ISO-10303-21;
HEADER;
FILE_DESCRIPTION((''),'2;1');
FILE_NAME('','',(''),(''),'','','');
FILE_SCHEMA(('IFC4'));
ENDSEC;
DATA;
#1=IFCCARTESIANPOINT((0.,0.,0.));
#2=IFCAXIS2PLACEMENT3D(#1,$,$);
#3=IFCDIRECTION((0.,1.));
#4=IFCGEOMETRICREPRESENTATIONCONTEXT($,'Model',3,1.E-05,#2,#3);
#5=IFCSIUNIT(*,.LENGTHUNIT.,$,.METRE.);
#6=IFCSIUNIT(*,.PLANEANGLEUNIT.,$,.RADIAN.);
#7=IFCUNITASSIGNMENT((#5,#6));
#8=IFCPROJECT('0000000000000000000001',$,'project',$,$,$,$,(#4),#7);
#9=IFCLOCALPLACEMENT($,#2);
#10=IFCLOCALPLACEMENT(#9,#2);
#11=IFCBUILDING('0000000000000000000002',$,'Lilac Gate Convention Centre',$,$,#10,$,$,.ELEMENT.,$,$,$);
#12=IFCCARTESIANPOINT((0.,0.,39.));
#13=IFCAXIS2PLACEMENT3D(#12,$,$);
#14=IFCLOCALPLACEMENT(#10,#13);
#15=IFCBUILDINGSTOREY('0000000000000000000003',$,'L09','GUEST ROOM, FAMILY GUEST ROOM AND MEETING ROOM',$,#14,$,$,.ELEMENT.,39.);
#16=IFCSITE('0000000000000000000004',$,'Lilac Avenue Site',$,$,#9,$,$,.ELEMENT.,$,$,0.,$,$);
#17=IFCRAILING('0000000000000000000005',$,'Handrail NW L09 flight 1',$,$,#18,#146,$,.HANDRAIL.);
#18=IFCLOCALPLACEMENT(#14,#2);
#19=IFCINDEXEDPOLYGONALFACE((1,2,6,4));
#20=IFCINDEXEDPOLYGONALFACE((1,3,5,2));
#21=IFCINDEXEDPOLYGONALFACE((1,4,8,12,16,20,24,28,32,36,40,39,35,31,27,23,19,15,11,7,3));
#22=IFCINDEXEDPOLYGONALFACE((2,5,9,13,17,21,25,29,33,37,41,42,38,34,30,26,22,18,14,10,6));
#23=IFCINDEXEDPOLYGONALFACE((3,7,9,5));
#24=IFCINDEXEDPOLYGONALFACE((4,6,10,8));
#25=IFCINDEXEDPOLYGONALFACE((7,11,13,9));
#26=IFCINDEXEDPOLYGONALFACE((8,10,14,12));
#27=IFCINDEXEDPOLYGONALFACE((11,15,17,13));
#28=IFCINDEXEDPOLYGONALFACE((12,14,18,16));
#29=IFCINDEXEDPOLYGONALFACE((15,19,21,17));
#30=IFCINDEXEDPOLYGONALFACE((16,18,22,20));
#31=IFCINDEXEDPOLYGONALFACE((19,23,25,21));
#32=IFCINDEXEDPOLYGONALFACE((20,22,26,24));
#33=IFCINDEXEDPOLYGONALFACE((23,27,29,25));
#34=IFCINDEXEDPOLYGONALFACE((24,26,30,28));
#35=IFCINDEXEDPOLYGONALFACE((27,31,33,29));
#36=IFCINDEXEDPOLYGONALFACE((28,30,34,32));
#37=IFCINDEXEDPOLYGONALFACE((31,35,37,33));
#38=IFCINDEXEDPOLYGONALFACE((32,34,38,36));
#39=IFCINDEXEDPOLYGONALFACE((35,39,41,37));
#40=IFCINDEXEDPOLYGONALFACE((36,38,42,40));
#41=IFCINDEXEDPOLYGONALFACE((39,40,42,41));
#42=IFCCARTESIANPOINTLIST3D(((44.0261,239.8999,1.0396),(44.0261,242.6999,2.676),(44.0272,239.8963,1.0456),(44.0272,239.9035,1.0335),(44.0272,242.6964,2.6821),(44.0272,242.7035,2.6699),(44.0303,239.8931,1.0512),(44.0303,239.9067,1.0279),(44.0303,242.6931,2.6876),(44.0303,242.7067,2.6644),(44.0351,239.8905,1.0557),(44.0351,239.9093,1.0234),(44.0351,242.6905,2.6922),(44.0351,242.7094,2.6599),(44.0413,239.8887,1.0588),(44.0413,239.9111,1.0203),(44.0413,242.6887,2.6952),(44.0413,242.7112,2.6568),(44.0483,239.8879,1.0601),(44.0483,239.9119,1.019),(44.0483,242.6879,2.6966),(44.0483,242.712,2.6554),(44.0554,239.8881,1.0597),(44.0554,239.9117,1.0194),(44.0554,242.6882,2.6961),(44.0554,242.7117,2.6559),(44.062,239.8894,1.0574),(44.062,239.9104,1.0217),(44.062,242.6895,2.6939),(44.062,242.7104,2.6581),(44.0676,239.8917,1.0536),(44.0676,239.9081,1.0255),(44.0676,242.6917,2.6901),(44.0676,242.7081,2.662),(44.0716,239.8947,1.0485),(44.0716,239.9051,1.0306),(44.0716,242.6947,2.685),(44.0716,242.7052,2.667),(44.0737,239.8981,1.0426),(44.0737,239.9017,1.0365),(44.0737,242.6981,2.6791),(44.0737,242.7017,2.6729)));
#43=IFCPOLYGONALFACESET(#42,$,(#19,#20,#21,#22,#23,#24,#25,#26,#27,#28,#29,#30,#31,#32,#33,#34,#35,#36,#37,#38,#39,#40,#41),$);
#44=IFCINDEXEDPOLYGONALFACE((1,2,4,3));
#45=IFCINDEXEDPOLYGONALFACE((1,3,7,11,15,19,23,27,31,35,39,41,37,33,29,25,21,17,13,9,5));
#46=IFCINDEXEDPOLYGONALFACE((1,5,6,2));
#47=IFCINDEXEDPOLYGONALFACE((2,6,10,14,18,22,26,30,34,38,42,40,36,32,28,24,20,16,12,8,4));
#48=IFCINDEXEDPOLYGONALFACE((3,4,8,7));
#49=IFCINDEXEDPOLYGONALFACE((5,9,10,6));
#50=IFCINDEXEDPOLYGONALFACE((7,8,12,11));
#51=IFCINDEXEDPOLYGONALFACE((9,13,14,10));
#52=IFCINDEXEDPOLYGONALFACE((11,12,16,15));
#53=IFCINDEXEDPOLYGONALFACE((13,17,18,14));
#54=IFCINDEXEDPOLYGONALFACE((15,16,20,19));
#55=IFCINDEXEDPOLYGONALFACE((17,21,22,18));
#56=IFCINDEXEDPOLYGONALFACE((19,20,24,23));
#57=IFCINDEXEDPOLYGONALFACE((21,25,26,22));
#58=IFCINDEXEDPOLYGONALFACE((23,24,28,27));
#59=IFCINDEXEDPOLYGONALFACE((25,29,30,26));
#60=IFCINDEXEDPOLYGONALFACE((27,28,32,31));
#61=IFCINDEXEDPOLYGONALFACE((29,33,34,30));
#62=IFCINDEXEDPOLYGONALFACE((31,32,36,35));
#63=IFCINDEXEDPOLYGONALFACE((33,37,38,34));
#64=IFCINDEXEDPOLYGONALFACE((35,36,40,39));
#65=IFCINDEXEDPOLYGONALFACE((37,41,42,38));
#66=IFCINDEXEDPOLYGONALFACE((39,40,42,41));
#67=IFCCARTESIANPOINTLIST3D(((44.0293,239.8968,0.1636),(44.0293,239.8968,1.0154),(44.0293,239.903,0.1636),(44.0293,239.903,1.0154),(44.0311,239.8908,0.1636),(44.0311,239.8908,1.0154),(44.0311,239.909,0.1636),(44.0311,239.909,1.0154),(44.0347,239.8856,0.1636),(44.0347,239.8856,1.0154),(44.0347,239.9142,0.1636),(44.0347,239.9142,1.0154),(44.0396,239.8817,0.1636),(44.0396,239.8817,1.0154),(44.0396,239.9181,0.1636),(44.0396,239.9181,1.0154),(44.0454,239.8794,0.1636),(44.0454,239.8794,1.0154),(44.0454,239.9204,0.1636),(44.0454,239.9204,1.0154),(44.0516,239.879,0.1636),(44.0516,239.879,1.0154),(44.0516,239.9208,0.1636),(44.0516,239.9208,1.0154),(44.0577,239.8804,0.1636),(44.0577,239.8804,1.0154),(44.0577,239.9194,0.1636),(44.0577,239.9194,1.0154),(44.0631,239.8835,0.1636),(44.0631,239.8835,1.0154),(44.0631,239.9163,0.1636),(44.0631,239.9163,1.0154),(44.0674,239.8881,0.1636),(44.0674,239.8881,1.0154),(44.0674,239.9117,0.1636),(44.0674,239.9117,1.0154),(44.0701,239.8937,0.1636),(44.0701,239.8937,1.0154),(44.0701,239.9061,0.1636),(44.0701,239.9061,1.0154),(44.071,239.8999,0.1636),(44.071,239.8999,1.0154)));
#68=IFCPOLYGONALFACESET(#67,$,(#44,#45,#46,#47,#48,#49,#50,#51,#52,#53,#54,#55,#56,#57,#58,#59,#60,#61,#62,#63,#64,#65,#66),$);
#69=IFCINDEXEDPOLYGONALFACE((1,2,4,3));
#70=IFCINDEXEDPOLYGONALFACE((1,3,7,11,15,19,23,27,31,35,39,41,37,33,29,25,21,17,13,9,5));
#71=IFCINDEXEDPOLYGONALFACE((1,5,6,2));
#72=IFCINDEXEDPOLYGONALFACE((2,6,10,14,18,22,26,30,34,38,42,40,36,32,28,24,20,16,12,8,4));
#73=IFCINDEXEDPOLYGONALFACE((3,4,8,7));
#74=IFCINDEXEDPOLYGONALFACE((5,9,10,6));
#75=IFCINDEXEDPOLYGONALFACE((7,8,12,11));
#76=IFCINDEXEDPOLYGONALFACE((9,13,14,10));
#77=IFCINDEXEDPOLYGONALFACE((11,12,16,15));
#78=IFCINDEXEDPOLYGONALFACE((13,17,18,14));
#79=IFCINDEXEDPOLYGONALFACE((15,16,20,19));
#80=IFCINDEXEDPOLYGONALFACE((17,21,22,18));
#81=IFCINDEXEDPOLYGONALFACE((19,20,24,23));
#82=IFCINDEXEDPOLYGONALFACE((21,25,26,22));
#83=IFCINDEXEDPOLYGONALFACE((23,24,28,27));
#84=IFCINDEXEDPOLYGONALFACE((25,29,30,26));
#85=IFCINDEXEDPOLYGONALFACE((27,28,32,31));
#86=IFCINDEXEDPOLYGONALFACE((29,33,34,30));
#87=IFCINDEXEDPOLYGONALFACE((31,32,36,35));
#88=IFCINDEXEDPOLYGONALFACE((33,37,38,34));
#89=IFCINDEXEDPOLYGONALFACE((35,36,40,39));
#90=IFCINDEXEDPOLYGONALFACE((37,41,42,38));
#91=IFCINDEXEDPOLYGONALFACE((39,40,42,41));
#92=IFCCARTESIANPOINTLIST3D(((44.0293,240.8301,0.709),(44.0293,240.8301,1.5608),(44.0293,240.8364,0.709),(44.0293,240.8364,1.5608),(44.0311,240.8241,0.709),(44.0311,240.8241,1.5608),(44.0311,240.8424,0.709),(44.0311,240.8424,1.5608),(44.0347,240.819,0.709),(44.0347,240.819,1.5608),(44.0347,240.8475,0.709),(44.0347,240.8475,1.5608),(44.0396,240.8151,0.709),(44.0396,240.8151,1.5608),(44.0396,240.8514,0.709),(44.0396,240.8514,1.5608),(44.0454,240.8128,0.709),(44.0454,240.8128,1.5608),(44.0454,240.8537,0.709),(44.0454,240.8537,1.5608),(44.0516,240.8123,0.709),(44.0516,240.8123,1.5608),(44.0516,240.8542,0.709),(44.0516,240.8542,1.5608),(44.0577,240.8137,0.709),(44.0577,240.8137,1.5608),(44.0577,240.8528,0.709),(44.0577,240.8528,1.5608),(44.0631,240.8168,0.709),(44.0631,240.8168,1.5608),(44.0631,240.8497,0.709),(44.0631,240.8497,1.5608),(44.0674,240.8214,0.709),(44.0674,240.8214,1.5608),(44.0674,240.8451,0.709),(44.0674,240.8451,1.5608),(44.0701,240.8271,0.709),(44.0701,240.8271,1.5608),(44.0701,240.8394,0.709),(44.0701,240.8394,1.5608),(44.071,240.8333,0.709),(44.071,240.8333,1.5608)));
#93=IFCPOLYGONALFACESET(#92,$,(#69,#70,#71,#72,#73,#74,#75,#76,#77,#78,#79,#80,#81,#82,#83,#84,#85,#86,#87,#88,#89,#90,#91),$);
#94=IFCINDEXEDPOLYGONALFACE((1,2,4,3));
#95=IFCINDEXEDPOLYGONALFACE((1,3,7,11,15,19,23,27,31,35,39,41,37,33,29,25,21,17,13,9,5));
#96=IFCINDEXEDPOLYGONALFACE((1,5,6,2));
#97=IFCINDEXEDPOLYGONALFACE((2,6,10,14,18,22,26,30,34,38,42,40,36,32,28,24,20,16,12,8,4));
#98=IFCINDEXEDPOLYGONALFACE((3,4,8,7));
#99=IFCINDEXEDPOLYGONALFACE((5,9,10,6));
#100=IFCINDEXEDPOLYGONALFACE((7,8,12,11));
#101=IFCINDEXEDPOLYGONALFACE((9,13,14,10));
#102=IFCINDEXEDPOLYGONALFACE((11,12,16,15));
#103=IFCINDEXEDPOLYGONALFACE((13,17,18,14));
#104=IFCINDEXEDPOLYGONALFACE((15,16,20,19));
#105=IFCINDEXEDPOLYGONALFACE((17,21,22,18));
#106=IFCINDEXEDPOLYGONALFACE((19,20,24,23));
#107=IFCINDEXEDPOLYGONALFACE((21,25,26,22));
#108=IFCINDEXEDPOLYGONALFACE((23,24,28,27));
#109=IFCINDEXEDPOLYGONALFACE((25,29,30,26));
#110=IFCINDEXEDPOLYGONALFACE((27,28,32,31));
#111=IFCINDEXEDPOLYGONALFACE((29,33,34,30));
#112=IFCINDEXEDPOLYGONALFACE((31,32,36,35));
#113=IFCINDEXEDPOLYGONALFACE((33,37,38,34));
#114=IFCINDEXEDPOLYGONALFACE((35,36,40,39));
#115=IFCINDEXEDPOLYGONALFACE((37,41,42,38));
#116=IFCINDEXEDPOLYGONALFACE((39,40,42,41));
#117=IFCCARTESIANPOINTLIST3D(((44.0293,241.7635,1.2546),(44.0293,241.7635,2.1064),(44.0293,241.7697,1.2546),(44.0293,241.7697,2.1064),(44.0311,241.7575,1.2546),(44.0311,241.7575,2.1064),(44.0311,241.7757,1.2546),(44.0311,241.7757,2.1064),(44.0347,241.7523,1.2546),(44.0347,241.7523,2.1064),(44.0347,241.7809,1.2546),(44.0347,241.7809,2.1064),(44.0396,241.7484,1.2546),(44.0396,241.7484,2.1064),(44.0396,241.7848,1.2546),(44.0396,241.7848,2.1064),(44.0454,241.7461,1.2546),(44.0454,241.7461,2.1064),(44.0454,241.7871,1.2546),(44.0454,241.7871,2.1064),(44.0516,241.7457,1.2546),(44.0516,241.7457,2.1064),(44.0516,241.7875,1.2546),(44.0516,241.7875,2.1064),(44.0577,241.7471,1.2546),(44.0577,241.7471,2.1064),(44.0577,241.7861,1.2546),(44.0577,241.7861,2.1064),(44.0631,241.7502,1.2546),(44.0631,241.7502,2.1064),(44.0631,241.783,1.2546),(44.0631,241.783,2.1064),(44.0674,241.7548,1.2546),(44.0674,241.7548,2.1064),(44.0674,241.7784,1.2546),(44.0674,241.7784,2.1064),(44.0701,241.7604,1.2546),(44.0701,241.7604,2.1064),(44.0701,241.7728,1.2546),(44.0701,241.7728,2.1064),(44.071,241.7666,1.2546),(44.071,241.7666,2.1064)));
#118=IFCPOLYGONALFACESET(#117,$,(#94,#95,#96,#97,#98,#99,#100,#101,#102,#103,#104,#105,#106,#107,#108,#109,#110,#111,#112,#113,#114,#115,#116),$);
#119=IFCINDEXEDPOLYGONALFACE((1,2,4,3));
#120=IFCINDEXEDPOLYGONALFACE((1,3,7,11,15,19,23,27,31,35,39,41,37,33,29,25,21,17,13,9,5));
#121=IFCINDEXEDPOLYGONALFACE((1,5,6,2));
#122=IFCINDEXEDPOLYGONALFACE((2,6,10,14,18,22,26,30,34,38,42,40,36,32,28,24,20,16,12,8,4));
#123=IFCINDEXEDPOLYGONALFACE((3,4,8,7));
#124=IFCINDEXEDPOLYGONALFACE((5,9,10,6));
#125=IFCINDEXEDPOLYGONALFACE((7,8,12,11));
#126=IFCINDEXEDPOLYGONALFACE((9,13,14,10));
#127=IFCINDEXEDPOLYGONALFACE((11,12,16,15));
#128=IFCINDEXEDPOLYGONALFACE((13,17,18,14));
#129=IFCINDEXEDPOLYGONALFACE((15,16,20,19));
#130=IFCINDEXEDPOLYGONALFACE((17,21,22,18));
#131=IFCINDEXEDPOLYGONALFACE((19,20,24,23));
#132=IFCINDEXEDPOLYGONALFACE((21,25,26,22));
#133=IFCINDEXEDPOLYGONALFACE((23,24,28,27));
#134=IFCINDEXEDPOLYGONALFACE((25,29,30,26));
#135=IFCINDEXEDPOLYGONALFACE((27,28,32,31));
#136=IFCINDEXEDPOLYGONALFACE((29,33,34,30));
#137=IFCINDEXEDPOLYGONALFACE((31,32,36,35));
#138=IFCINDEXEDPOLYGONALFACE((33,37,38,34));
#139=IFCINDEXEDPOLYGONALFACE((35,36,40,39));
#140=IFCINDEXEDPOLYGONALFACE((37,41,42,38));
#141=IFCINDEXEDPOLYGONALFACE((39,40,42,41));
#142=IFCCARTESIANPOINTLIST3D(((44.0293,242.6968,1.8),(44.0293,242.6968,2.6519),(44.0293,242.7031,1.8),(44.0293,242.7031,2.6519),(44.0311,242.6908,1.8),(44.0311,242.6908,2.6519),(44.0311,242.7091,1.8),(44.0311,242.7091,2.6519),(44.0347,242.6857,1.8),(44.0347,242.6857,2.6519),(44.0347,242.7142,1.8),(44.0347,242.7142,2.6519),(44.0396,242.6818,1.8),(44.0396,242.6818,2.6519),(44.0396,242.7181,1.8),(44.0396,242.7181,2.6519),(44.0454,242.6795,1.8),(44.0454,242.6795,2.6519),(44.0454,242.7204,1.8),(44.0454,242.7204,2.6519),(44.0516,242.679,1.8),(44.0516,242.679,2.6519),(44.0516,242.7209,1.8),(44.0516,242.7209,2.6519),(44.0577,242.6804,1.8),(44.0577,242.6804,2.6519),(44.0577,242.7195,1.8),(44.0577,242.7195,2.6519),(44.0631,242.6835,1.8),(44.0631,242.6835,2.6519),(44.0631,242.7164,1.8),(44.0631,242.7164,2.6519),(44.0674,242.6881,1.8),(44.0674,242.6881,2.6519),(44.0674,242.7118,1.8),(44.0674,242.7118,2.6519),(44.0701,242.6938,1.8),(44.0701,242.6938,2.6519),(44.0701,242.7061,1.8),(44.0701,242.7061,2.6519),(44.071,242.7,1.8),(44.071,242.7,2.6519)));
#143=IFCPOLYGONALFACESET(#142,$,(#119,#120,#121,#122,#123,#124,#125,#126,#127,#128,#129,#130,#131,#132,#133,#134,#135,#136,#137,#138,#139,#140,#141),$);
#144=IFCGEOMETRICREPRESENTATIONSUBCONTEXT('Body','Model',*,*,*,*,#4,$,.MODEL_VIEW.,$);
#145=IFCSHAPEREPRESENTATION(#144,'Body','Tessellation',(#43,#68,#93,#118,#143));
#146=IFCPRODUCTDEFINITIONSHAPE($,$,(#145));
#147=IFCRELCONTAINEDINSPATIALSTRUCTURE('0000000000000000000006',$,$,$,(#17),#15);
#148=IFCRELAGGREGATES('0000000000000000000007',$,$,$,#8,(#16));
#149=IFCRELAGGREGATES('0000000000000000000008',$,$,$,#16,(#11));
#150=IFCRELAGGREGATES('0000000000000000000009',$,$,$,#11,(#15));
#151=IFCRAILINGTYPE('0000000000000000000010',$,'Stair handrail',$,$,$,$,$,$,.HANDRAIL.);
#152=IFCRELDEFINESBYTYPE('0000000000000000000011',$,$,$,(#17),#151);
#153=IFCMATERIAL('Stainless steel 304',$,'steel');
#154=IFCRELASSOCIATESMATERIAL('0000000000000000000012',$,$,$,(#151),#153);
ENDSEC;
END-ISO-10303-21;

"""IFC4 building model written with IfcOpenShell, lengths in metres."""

from ifc_helpers import new_model, si_unit, direction, frame, origin, origin_2d, place, context, subcontext, project, spatial, circle, extrude, material, type_object, element, save


model = new_model("IFC4")

# Units and contexts
model_context = context("Model", 3, precision=1e-05, world=origin(), true_north=direction((0.0, 1.0)))
body_context = subcontext(model_context, "Body", "Model", "MODEL_VIEW")
ifc_project = project(units=[si_unit("LENGTHUNIT", "METRE"), si_unit("PLANEANGLEUNIT", "RADIAN")], contexts=[model_context])

# Site, building, storey
site_placement = place(None, origin())
site = spatial("IfcSite", under=ifc_project, at=site_placement, Name="Lilac Avenue Site", CompositionType="ELEMENT", RefElevation=0.0)
building_placement = place(site_placement, origin())
building = spatial("IfcBuilding", under=site, at=building_placement, Name="Lilac Gate Convention Centre", CompositionType="ELEMENT")
storey_placement = place(building_placement, frame((0.0, 0.0, 39.0)))
storey = spatial("IfcBuildingStorey", under=building, at=storey_placement, Name="L09", Description="GUEST ROOM, FAMILY GUEST ROOM AND MEETING ROOM", CompositionType="ELEMENT", Elevation=39.0)

# Railing
ifc_material_1 = material(Name="Stainless steel 304", Category="steel")
railing_type = type_object("IfcRailingType", Name="Stair handrail", PredefinedType="HANDRAIL", material=ifc_material_1)
for number, where, name in (
    (1, (44.05, 239.8999, 0.1636), "Handrail NW L09 flight 1"),
):
    element("IfcRailing", number, at=place(storey_placement, frame(where)), inside=storey, type_object=railing_type, Name=name, PredefinedType="HANDRAIL", context=body_context, shape_type="SweptSolid", body=[
        extrude(circle(Radius=0.0239, at=origin_2d()), frame((0.0, 0.0, 0.876), z_axis=(0.0, 0.863361, 0.504587), x_axis=(-1.0, 0.0, 0.0)), (0.0, 0.0, 1.0), 3.2432),
        extrude(circle(Radius=0.021, at=origin_2d()), origin(), (0.0, 0.0, 1.0), 0.8518),
        extrude(circle(Radius=0.021, at=origin_2d()), frame((0.0, 0.9333, 0.5454)), (0.0, 0.0, 1.0), 0.8518),
        extrude(circle(Radius=0.021, at=origin_2d()), frame((0.0, 1.8667, 1.0911)), (0.0, 0.0, 1.0), 0.8518),
        extrude(circle(Radius=0.021, at=origin_2d()), frame((0.0, 2.8, 1.6365)), (0.0, 0.0, 1.0), 0.8518),
    ])

save(model, "model.ifc")
